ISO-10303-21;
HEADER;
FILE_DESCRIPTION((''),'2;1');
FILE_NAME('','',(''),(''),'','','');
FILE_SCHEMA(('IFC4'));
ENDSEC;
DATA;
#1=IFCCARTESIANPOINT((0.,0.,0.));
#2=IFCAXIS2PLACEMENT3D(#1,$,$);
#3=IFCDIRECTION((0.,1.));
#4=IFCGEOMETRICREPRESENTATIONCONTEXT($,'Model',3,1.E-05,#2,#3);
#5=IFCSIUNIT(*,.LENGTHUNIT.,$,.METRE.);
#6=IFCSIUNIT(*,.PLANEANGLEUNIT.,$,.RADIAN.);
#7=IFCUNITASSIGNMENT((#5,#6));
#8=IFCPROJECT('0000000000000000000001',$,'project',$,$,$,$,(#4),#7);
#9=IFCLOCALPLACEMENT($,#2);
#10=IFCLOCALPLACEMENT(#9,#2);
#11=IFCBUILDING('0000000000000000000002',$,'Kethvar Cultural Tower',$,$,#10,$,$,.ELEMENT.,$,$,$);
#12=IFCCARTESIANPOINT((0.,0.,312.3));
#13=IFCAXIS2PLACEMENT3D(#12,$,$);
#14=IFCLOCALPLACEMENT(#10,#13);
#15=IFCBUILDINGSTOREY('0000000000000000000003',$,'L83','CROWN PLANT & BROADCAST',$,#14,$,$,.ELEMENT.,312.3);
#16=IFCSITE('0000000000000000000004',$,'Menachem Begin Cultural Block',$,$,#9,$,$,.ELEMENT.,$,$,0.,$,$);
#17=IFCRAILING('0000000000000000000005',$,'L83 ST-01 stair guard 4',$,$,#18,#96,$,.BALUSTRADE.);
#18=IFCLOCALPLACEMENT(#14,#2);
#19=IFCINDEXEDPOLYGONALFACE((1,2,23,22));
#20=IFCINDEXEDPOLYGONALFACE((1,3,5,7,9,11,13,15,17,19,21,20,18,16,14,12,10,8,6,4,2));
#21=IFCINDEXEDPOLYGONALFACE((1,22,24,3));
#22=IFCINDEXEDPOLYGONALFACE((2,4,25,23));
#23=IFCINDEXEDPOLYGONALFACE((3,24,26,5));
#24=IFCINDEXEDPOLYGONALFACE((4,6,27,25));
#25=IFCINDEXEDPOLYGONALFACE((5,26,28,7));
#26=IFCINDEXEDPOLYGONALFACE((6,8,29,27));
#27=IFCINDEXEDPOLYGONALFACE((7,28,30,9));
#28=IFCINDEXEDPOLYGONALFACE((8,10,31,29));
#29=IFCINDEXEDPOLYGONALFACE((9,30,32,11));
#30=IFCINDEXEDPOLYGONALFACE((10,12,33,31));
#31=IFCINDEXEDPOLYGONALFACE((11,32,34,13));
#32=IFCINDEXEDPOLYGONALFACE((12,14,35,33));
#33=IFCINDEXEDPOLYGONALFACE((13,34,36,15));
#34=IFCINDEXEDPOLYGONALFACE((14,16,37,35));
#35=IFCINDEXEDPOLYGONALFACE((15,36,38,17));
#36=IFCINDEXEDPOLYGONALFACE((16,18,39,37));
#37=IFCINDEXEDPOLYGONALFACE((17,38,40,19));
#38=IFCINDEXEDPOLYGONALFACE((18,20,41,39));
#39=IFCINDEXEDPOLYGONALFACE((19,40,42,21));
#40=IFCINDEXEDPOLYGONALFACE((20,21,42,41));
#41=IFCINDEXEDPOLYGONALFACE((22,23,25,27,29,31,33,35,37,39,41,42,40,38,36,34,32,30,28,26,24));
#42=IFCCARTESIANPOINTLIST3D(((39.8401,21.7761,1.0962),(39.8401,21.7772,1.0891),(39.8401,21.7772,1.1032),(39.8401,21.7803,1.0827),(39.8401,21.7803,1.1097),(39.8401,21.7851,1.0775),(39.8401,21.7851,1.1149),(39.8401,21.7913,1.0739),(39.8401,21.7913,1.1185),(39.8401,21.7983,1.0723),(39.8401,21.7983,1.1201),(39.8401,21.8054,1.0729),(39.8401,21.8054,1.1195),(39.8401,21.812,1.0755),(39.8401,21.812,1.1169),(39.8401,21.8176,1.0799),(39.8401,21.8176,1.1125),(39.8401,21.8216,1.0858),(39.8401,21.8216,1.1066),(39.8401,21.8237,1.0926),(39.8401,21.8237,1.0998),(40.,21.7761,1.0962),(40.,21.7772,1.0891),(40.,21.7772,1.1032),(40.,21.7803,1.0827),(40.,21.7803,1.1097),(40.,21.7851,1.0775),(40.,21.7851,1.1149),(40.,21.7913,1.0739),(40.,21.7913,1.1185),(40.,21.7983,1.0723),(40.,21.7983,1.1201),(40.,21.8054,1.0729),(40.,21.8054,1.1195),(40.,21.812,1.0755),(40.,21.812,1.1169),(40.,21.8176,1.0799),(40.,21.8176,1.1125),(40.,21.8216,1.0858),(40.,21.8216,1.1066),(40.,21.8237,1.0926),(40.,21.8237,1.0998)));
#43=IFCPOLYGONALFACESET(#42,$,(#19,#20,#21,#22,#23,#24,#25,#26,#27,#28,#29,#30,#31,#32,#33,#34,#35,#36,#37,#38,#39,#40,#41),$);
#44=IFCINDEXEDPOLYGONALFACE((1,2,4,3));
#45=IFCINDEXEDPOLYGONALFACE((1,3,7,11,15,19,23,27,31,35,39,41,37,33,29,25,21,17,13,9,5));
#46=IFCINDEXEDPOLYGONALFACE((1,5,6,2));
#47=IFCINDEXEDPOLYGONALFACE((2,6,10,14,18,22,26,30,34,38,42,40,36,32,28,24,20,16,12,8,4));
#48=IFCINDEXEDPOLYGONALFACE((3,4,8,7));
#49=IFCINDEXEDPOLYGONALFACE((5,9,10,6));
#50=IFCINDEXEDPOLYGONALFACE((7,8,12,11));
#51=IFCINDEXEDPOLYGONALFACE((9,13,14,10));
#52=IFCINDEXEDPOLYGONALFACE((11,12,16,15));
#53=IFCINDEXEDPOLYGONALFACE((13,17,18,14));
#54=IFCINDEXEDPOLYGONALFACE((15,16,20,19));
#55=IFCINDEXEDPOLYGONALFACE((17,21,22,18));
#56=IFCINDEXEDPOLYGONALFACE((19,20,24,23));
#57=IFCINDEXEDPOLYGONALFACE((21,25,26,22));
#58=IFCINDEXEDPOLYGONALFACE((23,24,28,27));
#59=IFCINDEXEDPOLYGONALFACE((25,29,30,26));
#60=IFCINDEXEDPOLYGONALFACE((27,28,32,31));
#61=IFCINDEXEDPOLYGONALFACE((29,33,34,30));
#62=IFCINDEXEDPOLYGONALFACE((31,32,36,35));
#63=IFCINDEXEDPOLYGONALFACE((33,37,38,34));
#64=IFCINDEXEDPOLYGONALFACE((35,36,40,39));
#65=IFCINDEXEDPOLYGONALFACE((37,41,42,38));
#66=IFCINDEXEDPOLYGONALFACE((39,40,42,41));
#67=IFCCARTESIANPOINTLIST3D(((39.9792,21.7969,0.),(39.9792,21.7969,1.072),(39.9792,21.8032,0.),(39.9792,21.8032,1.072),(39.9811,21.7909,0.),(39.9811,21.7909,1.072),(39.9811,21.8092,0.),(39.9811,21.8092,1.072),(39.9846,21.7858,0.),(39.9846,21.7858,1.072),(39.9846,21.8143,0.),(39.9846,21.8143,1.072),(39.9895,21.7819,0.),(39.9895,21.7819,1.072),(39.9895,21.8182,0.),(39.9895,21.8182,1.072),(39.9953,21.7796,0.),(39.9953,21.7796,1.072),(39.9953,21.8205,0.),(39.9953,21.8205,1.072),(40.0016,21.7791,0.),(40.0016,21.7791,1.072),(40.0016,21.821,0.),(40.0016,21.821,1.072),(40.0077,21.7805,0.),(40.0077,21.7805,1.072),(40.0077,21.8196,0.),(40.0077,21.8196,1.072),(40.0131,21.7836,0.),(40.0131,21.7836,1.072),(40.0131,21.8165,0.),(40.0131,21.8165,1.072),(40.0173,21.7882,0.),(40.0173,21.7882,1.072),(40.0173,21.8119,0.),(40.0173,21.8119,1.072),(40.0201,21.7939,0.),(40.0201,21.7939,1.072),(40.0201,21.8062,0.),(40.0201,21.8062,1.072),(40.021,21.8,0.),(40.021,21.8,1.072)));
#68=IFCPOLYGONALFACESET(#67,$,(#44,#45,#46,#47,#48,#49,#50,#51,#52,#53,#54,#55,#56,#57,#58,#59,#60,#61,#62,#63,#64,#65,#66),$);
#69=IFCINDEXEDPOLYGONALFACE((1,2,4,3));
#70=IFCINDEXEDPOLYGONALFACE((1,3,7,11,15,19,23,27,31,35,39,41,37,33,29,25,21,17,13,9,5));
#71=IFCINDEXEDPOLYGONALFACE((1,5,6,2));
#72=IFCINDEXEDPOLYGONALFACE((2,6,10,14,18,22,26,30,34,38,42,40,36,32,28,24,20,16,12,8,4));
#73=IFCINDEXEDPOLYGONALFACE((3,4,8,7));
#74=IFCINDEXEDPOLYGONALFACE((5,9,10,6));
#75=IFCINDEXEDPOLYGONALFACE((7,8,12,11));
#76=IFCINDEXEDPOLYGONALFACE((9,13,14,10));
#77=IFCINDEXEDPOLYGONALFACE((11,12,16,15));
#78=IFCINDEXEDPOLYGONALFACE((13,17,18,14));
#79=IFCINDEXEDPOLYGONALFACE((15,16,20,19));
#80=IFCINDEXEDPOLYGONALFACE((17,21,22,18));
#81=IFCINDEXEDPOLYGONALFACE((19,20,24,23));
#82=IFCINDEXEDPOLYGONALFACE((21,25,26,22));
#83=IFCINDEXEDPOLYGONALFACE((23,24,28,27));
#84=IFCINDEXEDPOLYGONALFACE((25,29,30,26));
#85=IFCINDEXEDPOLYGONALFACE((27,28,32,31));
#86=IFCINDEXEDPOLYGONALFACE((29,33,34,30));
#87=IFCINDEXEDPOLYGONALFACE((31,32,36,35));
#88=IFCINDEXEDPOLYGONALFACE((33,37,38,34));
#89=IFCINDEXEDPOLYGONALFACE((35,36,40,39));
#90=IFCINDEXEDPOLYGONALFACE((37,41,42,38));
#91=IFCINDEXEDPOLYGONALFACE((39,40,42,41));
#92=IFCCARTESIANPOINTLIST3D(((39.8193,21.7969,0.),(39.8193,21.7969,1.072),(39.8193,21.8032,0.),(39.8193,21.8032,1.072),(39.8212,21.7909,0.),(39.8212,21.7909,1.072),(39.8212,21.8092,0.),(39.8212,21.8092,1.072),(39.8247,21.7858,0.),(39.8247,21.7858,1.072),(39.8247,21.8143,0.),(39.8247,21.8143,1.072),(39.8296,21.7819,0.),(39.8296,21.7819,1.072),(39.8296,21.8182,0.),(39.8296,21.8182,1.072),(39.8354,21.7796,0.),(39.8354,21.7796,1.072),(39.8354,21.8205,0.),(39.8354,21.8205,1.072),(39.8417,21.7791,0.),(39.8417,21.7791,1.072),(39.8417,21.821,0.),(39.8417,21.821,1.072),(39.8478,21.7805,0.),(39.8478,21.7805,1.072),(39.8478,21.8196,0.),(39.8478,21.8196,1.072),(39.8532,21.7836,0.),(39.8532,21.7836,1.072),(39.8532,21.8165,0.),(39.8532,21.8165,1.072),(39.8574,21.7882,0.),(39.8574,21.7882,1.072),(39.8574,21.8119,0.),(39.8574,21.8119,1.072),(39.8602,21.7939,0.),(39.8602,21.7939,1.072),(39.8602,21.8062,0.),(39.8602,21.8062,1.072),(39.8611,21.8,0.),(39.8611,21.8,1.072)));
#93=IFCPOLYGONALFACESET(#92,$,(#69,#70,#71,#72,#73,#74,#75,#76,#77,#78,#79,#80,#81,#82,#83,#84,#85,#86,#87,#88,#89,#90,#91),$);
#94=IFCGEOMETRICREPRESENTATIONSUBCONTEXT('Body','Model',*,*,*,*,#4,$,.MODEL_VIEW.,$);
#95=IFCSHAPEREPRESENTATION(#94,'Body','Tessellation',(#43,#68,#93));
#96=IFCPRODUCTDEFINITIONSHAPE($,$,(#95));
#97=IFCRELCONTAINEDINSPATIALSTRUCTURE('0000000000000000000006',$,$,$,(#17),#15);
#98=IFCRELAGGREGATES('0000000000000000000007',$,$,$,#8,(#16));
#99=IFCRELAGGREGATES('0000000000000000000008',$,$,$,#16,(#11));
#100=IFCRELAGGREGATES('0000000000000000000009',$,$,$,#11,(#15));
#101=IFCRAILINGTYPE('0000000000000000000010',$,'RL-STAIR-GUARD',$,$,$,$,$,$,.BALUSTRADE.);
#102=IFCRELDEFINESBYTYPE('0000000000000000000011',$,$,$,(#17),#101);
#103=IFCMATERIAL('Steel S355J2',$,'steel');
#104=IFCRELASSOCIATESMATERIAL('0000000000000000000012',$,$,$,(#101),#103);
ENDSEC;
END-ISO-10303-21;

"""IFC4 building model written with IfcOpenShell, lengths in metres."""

from ifc_helpers import new_model, si_unit, direction, frame, origin, origin_2d, place, context, subcontext, project, spatial, circle, extrude, material, type_object, element, save


model = new_model("IFC4")

# Units and contexts
model_context = context("Model", 3, precision=1e-05, world=origin(), true_north=direction((0.0, 1.0)))
body_context = subcontext(model_context, "Body", "Model", "MODEL_VIEW")
ifc_project = project(units=[si_unit("LENGTHUNIT", "METRE"), si_unit("PLANEANGLEUNIT", "RADIAN")], contexts=[model_context])

# Site, building, storey
site_placement = place(None, origin())
site = spatial("IfcSite", under=ifc_project, at=site_placement, Name="Menachem Begin Cultural Block", CompositionType="ELEMENT", RefElevation=0.0)
building_placement = place(site_placement, origin())
building = spatial("IfcBuilding", under=site, at=building_placement, Name="Kethvar Cultural Tower", CompositionType="ELEMENT")
storey_placement = place(building_placement, frame((0.0, 0.0, 312.3)))
storey = spatial("IfcBuildingStorey", under=building, at=storey_placement, Name="L83", Description="CROWN PLANT & BROADCAST", CompositionType="ELEMENT", Elevation=312.3)

# Shared definitions
ifc_material_1 = material(Name="Steel S355J2", Category="steel")

# Railing
railing_type_1 = type_object("IfcRailingType", Name="RL-STAIR-GUARD", PredefinedType="BALUSTRADE", material=ifc_material_1)
railing_1_placement = place(storey_placement, frame((40.0, 21.8, 0.0)))
element("IfcRailing", 1, at=railing_1_placement, inside=storey, type_object=railing_type_1, Name="L83 ST-01 stair guard 4", PredefinedType="BALUSTRADE", context=body_context, shape_type="SweptSolid", body=[
    extrude(circle(Radius=0.0239, at=origin_2d()), frame((0.0, 0.0, 1.0962), z_axis=(-1.0, 0.0, 0.0), x_axis=(0.0, -1.0, 0.0)), (0.0, 0.0, 1.0), 0.1599),
    extrude(circle(Radius=0.021, at=origin_2d()), origin(), (0.0, 0.0, 1.0), 1.072),
    extrude(circle(Radius=0.021, at=origin_2d()), frame((-0.1599, 0.0, 0.0)), (0.0, 0.0, 1.0), 1.072),
])

save(model, "model.ifc")
